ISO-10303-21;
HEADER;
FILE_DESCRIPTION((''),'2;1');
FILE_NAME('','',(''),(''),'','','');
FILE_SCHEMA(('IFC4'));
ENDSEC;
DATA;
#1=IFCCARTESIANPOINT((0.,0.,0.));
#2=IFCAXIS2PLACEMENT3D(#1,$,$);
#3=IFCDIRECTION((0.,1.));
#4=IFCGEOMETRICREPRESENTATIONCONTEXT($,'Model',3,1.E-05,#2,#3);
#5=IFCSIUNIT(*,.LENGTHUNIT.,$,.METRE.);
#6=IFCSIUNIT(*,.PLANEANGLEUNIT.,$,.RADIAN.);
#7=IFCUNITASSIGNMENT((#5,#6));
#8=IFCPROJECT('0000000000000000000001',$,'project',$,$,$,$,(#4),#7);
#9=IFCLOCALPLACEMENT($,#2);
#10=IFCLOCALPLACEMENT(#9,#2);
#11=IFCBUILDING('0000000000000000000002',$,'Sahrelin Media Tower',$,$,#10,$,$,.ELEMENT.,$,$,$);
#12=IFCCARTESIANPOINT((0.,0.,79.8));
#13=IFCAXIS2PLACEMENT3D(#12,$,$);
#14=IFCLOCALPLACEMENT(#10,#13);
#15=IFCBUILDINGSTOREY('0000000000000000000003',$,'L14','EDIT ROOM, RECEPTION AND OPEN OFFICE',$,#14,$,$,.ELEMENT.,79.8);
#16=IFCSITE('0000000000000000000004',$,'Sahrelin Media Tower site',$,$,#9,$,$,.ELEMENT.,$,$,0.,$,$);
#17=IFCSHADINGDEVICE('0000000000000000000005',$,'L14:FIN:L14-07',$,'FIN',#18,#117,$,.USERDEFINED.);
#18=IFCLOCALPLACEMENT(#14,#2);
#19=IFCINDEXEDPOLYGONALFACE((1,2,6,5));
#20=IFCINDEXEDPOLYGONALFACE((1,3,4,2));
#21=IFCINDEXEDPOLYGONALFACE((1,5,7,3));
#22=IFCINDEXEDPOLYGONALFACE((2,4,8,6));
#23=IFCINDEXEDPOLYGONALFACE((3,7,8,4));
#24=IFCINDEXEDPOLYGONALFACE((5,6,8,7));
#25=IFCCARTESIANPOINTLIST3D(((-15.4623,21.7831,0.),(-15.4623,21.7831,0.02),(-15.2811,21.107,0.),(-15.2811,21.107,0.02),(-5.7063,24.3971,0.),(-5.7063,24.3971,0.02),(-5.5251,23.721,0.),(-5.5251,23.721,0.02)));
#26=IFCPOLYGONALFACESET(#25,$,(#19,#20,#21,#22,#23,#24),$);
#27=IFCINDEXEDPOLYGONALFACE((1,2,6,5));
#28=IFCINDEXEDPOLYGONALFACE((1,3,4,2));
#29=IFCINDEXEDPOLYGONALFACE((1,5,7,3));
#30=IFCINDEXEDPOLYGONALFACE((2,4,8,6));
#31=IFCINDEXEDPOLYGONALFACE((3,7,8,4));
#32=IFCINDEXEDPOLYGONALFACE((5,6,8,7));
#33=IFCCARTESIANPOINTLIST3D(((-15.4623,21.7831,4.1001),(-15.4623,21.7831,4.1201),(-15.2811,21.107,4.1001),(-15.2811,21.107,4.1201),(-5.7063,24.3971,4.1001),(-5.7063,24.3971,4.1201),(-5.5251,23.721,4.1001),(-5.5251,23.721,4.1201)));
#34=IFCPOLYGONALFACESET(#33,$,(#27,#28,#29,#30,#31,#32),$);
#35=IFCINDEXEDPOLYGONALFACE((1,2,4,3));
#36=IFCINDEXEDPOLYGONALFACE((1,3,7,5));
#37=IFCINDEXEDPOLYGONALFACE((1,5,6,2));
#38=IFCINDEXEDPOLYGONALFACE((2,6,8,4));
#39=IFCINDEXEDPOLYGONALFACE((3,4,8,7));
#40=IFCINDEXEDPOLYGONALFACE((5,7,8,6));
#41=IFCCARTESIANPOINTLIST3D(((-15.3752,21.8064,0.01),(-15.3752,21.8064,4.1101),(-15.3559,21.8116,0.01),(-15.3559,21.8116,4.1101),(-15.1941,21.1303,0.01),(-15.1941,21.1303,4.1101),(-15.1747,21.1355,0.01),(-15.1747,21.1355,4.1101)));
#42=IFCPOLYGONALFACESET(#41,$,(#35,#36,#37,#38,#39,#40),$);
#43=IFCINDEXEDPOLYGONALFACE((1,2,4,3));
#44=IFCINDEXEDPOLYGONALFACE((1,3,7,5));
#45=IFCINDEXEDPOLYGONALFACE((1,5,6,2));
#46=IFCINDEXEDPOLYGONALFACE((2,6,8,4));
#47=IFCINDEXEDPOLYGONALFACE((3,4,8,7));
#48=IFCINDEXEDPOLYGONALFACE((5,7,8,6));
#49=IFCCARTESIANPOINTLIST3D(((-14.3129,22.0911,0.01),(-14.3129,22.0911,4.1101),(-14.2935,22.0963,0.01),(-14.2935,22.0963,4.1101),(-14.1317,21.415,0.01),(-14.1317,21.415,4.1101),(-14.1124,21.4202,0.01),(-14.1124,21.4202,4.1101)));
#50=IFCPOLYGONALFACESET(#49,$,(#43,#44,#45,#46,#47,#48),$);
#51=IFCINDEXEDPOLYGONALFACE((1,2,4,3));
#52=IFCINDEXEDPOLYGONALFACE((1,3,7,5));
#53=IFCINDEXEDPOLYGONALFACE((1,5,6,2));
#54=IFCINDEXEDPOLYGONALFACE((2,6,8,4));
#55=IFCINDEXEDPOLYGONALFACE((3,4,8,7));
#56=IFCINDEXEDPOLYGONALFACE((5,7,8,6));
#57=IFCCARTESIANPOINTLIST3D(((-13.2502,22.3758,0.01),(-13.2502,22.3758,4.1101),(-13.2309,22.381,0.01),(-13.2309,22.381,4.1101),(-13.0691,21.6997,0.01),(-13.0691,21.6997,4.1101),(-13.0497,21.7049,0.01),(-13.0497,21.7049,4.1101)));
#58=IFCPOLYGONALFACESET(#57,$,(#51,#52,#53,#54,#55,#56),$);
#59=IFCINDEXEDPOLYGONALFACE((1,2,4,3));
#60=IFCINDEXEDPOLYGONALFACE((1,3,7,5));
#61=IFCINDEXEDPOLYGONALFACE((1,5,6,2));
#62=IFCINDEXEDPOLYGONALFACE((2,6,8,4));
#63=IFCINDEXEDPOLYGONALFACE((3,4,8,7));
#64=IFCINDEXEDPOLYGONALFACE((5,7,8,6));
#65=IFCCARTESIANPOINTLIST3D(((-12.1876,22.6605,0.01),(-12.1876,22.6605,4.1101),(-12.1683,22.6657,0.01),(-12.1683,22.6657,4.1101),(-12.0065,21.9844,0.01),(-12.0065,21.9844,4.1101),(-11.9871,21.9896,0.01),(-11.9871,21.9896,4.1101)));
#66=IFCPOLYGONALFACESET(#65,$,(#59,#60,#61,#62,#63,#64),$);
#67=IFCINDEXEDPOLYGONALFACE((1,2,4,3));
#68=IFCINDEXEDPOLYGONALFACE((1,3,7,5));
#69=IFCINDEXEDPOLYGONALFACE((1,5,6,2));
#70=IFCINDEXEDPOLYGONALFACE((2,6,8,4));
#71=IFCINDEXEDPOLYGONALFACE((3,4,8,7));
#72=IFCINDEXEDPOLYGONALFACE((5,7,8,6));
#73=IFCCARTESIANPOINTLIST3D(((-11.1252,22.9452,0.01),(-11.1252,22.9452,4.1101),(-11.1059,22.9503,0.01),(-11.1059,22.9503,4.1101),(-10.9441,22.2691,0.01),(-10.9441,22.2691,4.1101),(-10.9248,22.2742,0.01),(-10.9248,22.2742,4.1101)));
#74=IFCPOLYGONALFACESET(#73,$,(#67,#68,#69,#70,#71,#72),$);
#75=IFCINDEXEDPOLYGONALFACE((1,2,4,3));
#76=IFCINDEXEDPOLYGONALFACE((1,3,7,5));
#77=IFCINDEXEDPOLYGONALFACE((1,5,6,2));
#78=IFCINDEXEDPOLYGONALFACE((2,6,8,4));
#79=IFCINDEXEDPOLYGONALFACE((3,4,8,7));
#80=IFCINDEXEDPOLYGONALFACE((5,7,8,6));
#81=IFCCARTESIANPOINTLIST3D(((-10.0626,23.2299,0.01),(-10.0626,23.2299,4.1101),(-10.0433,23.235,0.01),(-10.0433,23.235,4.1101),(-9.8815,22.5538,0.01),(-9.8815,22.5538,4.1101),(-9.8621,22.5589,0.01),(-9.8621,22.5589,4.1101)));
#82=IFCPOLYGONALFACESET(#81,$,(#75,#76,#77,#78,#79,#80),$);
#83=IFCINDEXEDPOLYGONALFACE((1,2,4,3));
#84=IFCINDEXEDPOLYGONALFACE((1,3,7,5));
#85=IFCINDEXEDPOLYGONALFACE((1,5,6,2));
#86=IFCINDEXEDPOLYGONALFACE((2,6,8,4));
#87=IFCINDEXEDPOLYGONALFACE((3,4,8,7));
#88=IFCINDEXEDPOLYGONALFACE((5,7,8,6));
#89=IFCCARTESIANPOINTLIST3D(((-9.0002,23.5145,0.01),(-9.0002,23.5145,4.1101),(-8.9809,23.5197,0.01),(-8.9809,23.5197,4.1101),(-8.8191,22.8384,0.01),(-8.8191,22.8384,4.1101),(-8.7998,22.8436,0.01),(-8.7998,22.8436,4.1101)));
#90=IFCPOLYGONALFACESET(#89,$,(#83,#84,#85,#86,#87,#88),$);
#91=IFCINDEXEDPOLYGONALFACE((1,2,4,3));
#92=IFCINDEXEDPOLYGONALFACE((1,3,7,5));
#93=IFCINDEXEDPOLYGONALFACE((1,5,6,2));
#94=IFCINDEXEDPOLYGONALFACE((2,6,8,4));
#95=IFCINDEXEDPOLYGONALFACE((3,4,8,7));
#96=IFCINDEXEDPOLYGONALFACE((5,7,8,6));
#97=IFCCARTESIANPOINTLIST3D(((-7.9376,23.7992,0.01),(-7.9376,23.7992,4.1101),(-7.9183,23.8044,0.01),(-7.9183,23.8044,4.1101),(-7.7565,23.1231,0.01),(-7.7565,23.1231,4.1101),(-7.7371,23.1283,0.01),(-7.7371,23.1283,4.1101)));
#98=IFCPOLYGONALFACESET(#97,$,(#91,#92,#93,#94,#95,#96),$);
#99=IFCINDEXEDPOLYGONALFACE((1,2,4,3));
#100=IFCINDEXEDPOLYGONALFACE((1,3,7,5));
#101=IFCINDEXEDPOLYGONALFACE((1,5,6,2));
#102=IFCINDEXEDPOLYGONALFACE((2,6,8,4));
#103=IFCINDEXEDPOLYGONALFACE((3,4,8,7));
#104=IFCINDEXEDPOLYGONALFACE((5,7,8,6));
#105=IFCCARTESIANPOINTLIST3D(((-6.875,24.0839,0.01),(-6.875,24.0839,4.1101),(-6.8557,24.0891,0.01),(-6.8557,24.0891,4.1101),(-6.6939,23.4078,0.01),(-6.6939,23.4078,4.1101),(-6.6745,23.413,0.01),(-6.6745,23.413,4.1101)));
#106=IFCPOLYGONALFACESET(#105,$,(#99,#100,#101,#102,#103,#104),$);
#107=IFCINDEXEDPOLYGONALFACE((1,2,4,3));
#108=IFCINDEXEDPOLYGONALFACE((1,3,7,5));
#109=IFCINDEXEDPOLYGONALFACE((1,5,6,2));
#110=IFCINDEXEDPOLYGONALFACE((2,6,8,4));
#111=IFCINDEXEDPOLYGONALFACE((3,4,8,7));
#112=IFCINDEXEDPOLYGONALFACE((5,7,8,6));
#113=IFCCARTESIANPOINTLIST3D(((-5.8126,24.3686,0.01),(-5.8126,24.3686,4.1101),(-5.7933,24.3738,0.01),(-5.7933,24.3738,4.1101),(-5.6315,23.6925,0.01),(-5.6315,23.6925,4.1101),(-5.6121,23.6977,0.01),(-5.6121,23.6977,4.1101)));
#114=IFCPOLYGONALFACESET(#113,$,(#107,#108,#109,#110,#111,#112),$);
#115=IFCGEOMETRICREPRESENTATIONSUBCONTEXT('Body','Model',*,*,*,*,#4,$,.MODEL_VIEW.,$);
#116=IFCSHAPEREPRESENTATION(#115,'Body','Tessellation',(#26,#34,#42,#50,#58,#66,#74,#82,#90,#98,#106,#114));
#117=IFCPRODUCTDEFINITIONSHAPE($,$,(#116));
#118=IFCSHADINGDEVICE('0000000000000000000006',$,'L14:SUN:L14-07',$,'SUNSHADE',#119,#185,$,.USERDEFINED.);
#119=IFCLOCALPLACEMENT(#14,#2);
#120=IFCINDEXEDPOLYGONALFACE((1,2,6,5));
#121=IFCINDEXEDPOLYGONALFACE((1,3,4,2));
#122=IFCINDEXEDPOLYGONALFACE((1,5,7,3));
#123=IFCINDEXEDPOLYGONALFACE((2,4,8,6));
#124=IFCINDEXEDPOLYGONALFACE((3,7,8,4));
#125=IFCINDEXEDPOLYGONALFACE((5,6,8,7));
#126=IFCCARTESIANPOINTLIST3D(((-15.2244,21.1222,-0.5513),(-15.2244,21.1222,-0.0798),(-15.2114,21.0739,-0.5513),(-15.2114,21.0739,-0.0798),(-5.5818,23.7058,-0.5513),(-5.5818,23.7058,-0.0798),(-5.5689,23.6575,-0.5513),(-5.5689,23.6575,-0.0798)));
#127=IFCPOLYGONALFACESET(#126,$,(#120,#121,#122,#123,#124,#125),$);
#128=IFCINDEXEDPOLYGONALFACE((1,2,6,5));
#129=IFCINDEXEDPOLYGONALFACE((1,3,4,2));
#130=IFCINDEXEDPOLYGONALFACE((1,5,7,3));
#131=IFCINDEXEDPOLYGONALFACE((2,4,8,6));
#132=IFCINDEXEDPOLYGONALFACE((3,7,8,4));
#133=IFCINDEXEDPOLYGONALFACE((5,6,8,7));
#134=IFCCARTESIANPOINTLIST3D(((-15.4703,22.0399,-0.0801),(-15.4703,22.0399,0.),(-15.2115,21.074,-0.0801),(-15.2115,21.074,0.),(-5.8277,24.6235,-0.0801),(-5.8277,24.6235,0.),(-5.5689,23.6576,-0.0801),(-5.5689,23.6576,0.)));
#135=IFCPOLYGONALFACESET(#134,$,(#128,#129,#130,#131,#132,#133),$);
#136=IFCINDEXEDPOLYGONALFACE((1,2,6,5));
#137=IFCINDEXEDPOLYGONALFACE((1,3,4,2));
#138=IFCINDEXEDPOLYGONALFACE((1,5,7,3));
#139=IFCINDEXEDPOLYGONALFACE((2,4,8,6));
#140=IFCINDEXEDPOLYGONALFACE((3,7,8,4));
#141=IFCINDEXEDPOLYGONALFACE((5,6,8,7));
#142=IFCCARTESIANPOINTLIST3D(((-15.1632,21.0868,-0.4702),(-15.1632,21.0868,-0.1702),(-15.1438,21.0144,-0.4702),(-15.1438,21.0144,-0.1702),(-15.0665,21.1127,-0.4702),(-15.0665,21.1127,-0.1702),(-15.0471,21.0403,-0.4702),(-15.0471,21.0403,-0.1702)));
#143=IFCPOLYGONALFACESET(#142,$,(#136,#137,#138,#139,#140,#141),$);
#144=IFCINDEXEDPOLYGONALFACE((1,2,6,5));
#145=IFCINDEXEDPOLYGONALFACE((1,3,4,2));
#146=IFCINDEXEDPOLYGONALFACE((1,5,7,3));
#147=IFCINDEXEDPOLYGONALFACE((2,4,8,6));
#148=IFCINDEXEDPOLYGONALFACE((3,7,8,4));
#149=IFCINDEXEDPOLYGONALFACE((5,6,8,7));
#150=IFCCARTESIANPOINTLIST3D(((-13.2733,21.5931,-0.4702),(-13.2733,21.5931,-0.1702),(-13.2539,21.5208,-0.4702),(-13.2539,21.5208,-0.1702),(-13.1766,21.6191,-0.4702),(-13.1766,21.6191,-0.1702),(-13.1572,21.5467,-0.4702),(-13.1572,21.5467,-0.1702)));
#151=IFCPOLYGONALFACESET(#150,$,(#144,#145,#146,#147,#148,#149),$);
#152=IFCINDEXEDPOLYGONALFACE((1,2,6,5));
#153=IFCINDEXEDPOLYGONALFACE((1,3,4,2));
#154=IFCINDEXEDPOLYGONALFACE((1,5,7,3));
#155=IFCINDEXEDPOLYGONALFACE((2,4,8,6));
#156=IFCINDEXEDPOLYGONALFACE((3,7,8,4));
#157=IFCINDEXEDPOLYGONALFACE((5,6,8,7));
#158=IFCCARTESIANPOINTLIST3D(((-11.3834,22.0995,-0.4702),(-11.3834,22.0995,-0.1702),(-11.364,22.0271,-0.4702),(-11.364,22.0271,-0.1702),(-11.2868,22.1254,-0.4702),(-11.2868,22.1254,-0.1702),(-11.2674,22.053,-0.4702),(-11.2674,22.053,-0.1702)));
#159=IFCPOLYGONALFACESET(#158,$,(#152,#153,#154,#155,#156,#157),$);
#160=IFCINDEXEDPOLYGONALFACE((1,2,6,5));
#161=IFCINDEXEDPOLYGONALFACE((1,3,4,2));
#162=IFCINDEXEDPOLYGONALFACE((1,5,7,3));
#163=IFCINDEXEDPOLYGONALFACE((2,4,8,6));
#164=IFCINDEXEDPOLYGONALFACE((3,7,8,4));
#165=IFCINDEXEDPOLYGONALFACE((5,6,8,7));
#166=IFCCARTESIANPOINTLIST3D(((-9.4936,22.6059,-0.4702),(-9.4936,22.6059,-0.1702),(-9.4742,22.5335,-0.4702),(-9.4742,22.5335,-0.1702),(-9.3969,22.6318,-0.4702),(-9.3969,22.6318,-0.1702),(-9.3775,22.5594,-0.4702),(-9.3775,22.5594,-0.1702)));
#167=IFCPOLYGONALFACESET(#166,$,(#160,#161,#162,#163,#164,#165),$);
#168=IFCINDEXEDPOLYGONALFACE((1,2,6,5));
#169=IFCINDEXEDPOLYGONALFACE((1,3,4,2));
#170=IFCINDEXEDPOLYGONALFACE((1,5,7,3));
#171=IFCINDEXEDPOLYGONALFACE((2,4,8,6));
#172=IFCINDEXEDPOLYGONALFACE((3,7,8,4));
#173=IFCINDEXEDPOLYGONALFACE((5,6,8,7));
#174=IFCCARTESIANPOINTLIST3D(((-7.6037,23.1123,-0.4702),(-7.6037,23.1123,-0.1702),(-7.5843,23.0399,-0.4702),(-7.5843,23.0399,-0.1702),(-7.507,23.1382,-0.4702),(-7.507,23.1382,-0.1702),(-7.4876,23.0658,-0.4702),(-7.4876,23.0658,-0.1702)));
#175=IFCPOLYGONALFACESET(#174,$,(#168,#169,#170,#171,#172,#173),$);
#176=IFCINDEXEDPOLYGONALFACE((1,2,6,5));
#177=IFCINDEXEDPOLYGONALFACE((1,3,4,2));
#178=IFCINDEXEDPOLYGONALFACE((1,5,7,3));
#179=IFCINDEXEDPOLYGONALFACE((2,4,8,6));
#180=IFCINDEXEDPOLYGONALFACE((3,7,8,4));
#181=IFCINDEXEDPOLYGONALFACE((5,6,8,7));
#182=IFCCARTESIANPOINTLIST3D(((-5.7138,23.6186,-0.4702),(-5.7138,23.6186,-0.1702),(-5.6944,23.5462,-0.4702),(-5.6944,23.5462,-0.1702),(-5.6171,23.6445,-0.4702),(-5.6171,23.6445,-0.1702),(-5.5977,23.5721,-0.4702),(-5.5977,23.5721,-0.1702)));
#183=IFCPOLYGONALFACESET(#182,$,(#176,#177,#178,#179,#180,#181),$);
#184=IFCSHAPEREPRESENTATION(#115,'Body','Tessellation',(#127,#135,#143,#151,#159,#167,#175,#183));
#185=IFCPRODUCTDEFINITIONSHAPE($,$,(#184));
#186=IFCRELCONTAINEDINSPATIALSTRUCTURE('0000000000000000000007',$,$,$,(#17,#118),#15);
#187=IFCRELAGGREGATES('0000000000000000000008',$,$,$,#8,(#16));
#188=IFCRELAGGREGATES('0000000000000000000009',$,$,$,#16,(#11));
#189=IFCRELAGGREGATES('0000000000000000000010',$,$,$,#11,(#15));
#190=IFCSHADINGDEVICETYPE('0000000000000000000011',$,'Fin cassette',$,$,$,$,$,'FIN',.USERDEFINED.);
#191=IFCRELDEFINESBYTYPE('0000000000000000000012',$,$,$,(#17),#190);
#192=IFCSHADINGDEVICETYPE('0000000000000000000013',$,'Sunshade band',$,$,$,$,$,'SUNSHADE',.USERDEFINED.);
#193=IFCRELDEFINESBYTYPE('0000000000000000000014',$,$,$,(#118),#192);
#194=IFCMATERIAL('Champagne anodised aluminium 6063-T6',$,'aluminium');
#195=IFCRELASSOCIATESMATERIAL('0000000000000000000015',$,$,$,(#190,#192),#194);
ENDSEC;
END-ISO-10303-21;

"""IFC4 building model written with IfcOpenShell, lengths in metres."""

from ifc_helpers import new_model, si_unit, direction, frame, origin, origin_2d, place, context, subcontext, project, spatial, rectangle, extrude, material, type_object, element, save


model = new_model("IFC4")

# Units and contexts
model_context = context("Model", 3, precision=1e-05, world=origin(), true_north=direction((0.0, 1.0)))
body_context = subcontext(model_context, "Body", "Model", "MODEL_VIEW")
ifc_project = project(units=[si_unit("LENGTHUNIT", "METRE"), si_unit("PLANEANGLEUNIT", "RADIAN")], contexts=[model_context])

# Site, building, storey
site_placement = place(None, origin())
site = spatial("IfcSite", under=ifc_project, at=site_placement, Name="Sahrelin Media Tower site", CompositionType="ELEMENT", RefElevation=0.0)
building_placement = place(site_placement, origin())
building = spatial("IfcBuilding", under=site, at=building_placement, Name="Sahrelin Media Tower", CompositionType="ELEMENT")
storey_placement = place(building_placement, frame((0.0, 0.0, 79.8)))
storey = spatial("IfcBuildingStorey", under=building, at=storey_placement, Name="L14", Description="EDIT ROOM, RECEPTION AND OPEN OFFICE", CompositionType="ELEMENT", Elevation=79.8)

# Shared definitions
ifc_material_1 = material(Name="Champagne anodised aluminium 6063-T6", Category="aluminium")

# Shading devices
shading_device_type_1 = type_object("IfcShadingDeviceType", Name="Fin cassette", ElementType="FIN", PredefinedType="USERDEFINED", material=ifc_material_1)
placement = place(storey_placement, frame((-10.385, 22.3464, 0.0), z_axis=(0.0, 0.0, 1.0), x_axis=(0.965929, 0.258808, 0.0)))
element("IfcShadingDevice", 1, at=placement, inside=storey, type_object=shading_device_type_1, Name="L14:FIN:L14-07", ObjectType="FIN", PredefinedType="USERDEFINED", context=body_context, shape_type="SweptSolid", body=[
    extrude(rectangle(XDim=10.1001, YDim=0.7, at=origin_2d()), frame((0.0, 0.4199, 0.0)), (0.0, 0.0, 1.0), 0.02),
    extrude(rectangle(XDim=10.1001, YDim=0.7, at=origin_2d()), frame((0.0, 0.4199, 4.1001)), (0.0, 0.0, 1.0), 0.02),
    extrude(rectangle(XDim=0.02, YDim=0.7, at=origin_2d()), frame((-4.95, 0.4199, 0.01), z_axis=(0.0, 0.0, 1.0), x_axis=(1.0, 0.0, 0.0)), (0.0, 0.0, 1.0), 4.1001),
    extrude(rectangle(XDim=0.02, YDim=0.7, at=origin_2d()), frame((-3.8501, 0.4199, 0.01), z_axis=(0.0, 0.0, 1.0), x_axis=(1.0, 0.0, 0.0)), (0.0, 0.0, 1.0), 4.1001),
    extrude(rectangle(XDim=0.02, YDim=0.7, at=origin_2d()), frame((-2.75, 0.4199, 0.01), z_axis=(0.0, 0.0, 1.0), x_axis=(1.0, 0.0, 0.0)), (0.0, 0.0, 1.0), 4.1001),
    extrude(rectangle(XDim=0.02, YDim=0.7, at=origin_2d()), frame((-1.6499, 0.4199, 0.01), z_axis=(0.0, 0.0, 1.0), x_axis=(1.0, 0.0, 0.0)), (0.0, 0.0, 1.0), 4.1001),
    extrude(rectangle(XDim=0.02, YDim=0.7, at=origin_2d()), frame((-0.55, 0.4199, 0.01), z_axis=(0.0, 0.0, 1.0), x_axis=(1.0, 0.0, 0.0)), (0.0, 0.0, 1.0), 4.1001),
    extrude(rectangle(XDim=0.02, YDim=0.7, at=origin_2d()), frame((0.55, 0.4199, 0.01), z_axis=(0.0, 0.0, 1.0), x_axis=(1.0, 0.0, 0.0)), (0.0, 0.0, 1.0), 4.1001),
    extrude(rectangle(XDim=0.02, YDim=0.7, at=origin_2d()), frame((1.6499, 0.4199, 0.01), z_axis=(0.0, 0.0, 1.0), x_axis=(1.0, 0.0, 0.0)), (0.0, 0.0, 1.0), 4.1001),
    extrude(rectangle(XDim=0.02, YDim=0.7, at=origin_2d()), frame((2.75, 0.4199, 0.01), z_axis=(0.0, 0.0, 1.0), x_axis=(1.0, 0.0, 0.0)), (0.0, 0.0, 1.0), 4.1001),
    extrude(rectangle(XDim=0.02, YDim=0.7, at=origin_2d()), frame((3.8501, 0.4199, 0.01), z_axis=(0.0, 0.0, 1.0), x_axis=(1.0, 0.0, 0.0)), (0.0, 0.0, 1.0), 4.1001),
    extrude(rectangle(XDim=0.02, YDim=0.7, at=origin_2d()), frame((4.95, 0.4199, 0.01), z_axis=(0.0, 0.0, 1.0), x_axis=(1.0, 0.0, 0.0)), (0.0, 0.0, 1.0), 4.1001),
])
shading_device_type_2 = type_object("IfcShadingDeviceType", Name="Sunshade band", ElementType="SUNSHADE", PredefinedType="USERDEFINED", material=ifc_material_1)
element("IfcShadingDevice", 2, at=placement, inside=storey, type_object=shading_device_type_2, Name="L14:SUN:L14-07", ObjectType="SUNSHADE", PredefinedType="USERDEFINED", context=body_context, shape_type="SweptSolid", body=[
    extrude(rectangle(XDim=9.9827, YDim=0.05, at=origin_2d()), frame((0.0, 0.0449, -0.5513)), (0.0, 0.0, 1.0), 0.4714),
    extrude(rectangle(XDim=9.9827, YDim=1.0, at=origin_2d()), frame((0.0, 0.52, -0.0801)), (0.0, 0.0, 1.0), 0.0801),
    extrude(rectangle(XDim=0.1001, YDim=0.075, at=origin_2d()), frame((-4.8914, -0.0176, -0.4702)), (0.0, 0.0, 1.0), 0.3),
    extrude(rectangle(XDim=0.1001, YDim=0.075, at=origin_2d()), frame((-2.9348, -0.0176, -0.4702)), (0.0, 0.0, 1.0), 0.3),
    extrude(rectangle(XDim=0.1001, YDim=0.075, at=origin_2d()), frame((-0.9783, -0.0176, -0.4702)), (0.0, 0.0, 1.0), 0.3),
    extrude(rectangle(XDim=0.1001, YDim=0.075, at=origin_2d()), frame((0.9783, -0.0176, -0.4702)), (0.0, 0.0, 1.0), 0.3),
    extrude(rectangle(XDim=0.1001, YDim=0.075, at=origin_2d()), frame((2.9348, -0.0176, -0.4702)), (0.0, 0.0, 1.0), 0.3),
    extrude(rectangle(XDim=0.1001, YDim=0.075, at=origin_2d()), frame((4.8914, -0.0176, -0.4702)), (0.0, 0.0, 1.0), 0.3),
])

save(model, "model.ifc")
